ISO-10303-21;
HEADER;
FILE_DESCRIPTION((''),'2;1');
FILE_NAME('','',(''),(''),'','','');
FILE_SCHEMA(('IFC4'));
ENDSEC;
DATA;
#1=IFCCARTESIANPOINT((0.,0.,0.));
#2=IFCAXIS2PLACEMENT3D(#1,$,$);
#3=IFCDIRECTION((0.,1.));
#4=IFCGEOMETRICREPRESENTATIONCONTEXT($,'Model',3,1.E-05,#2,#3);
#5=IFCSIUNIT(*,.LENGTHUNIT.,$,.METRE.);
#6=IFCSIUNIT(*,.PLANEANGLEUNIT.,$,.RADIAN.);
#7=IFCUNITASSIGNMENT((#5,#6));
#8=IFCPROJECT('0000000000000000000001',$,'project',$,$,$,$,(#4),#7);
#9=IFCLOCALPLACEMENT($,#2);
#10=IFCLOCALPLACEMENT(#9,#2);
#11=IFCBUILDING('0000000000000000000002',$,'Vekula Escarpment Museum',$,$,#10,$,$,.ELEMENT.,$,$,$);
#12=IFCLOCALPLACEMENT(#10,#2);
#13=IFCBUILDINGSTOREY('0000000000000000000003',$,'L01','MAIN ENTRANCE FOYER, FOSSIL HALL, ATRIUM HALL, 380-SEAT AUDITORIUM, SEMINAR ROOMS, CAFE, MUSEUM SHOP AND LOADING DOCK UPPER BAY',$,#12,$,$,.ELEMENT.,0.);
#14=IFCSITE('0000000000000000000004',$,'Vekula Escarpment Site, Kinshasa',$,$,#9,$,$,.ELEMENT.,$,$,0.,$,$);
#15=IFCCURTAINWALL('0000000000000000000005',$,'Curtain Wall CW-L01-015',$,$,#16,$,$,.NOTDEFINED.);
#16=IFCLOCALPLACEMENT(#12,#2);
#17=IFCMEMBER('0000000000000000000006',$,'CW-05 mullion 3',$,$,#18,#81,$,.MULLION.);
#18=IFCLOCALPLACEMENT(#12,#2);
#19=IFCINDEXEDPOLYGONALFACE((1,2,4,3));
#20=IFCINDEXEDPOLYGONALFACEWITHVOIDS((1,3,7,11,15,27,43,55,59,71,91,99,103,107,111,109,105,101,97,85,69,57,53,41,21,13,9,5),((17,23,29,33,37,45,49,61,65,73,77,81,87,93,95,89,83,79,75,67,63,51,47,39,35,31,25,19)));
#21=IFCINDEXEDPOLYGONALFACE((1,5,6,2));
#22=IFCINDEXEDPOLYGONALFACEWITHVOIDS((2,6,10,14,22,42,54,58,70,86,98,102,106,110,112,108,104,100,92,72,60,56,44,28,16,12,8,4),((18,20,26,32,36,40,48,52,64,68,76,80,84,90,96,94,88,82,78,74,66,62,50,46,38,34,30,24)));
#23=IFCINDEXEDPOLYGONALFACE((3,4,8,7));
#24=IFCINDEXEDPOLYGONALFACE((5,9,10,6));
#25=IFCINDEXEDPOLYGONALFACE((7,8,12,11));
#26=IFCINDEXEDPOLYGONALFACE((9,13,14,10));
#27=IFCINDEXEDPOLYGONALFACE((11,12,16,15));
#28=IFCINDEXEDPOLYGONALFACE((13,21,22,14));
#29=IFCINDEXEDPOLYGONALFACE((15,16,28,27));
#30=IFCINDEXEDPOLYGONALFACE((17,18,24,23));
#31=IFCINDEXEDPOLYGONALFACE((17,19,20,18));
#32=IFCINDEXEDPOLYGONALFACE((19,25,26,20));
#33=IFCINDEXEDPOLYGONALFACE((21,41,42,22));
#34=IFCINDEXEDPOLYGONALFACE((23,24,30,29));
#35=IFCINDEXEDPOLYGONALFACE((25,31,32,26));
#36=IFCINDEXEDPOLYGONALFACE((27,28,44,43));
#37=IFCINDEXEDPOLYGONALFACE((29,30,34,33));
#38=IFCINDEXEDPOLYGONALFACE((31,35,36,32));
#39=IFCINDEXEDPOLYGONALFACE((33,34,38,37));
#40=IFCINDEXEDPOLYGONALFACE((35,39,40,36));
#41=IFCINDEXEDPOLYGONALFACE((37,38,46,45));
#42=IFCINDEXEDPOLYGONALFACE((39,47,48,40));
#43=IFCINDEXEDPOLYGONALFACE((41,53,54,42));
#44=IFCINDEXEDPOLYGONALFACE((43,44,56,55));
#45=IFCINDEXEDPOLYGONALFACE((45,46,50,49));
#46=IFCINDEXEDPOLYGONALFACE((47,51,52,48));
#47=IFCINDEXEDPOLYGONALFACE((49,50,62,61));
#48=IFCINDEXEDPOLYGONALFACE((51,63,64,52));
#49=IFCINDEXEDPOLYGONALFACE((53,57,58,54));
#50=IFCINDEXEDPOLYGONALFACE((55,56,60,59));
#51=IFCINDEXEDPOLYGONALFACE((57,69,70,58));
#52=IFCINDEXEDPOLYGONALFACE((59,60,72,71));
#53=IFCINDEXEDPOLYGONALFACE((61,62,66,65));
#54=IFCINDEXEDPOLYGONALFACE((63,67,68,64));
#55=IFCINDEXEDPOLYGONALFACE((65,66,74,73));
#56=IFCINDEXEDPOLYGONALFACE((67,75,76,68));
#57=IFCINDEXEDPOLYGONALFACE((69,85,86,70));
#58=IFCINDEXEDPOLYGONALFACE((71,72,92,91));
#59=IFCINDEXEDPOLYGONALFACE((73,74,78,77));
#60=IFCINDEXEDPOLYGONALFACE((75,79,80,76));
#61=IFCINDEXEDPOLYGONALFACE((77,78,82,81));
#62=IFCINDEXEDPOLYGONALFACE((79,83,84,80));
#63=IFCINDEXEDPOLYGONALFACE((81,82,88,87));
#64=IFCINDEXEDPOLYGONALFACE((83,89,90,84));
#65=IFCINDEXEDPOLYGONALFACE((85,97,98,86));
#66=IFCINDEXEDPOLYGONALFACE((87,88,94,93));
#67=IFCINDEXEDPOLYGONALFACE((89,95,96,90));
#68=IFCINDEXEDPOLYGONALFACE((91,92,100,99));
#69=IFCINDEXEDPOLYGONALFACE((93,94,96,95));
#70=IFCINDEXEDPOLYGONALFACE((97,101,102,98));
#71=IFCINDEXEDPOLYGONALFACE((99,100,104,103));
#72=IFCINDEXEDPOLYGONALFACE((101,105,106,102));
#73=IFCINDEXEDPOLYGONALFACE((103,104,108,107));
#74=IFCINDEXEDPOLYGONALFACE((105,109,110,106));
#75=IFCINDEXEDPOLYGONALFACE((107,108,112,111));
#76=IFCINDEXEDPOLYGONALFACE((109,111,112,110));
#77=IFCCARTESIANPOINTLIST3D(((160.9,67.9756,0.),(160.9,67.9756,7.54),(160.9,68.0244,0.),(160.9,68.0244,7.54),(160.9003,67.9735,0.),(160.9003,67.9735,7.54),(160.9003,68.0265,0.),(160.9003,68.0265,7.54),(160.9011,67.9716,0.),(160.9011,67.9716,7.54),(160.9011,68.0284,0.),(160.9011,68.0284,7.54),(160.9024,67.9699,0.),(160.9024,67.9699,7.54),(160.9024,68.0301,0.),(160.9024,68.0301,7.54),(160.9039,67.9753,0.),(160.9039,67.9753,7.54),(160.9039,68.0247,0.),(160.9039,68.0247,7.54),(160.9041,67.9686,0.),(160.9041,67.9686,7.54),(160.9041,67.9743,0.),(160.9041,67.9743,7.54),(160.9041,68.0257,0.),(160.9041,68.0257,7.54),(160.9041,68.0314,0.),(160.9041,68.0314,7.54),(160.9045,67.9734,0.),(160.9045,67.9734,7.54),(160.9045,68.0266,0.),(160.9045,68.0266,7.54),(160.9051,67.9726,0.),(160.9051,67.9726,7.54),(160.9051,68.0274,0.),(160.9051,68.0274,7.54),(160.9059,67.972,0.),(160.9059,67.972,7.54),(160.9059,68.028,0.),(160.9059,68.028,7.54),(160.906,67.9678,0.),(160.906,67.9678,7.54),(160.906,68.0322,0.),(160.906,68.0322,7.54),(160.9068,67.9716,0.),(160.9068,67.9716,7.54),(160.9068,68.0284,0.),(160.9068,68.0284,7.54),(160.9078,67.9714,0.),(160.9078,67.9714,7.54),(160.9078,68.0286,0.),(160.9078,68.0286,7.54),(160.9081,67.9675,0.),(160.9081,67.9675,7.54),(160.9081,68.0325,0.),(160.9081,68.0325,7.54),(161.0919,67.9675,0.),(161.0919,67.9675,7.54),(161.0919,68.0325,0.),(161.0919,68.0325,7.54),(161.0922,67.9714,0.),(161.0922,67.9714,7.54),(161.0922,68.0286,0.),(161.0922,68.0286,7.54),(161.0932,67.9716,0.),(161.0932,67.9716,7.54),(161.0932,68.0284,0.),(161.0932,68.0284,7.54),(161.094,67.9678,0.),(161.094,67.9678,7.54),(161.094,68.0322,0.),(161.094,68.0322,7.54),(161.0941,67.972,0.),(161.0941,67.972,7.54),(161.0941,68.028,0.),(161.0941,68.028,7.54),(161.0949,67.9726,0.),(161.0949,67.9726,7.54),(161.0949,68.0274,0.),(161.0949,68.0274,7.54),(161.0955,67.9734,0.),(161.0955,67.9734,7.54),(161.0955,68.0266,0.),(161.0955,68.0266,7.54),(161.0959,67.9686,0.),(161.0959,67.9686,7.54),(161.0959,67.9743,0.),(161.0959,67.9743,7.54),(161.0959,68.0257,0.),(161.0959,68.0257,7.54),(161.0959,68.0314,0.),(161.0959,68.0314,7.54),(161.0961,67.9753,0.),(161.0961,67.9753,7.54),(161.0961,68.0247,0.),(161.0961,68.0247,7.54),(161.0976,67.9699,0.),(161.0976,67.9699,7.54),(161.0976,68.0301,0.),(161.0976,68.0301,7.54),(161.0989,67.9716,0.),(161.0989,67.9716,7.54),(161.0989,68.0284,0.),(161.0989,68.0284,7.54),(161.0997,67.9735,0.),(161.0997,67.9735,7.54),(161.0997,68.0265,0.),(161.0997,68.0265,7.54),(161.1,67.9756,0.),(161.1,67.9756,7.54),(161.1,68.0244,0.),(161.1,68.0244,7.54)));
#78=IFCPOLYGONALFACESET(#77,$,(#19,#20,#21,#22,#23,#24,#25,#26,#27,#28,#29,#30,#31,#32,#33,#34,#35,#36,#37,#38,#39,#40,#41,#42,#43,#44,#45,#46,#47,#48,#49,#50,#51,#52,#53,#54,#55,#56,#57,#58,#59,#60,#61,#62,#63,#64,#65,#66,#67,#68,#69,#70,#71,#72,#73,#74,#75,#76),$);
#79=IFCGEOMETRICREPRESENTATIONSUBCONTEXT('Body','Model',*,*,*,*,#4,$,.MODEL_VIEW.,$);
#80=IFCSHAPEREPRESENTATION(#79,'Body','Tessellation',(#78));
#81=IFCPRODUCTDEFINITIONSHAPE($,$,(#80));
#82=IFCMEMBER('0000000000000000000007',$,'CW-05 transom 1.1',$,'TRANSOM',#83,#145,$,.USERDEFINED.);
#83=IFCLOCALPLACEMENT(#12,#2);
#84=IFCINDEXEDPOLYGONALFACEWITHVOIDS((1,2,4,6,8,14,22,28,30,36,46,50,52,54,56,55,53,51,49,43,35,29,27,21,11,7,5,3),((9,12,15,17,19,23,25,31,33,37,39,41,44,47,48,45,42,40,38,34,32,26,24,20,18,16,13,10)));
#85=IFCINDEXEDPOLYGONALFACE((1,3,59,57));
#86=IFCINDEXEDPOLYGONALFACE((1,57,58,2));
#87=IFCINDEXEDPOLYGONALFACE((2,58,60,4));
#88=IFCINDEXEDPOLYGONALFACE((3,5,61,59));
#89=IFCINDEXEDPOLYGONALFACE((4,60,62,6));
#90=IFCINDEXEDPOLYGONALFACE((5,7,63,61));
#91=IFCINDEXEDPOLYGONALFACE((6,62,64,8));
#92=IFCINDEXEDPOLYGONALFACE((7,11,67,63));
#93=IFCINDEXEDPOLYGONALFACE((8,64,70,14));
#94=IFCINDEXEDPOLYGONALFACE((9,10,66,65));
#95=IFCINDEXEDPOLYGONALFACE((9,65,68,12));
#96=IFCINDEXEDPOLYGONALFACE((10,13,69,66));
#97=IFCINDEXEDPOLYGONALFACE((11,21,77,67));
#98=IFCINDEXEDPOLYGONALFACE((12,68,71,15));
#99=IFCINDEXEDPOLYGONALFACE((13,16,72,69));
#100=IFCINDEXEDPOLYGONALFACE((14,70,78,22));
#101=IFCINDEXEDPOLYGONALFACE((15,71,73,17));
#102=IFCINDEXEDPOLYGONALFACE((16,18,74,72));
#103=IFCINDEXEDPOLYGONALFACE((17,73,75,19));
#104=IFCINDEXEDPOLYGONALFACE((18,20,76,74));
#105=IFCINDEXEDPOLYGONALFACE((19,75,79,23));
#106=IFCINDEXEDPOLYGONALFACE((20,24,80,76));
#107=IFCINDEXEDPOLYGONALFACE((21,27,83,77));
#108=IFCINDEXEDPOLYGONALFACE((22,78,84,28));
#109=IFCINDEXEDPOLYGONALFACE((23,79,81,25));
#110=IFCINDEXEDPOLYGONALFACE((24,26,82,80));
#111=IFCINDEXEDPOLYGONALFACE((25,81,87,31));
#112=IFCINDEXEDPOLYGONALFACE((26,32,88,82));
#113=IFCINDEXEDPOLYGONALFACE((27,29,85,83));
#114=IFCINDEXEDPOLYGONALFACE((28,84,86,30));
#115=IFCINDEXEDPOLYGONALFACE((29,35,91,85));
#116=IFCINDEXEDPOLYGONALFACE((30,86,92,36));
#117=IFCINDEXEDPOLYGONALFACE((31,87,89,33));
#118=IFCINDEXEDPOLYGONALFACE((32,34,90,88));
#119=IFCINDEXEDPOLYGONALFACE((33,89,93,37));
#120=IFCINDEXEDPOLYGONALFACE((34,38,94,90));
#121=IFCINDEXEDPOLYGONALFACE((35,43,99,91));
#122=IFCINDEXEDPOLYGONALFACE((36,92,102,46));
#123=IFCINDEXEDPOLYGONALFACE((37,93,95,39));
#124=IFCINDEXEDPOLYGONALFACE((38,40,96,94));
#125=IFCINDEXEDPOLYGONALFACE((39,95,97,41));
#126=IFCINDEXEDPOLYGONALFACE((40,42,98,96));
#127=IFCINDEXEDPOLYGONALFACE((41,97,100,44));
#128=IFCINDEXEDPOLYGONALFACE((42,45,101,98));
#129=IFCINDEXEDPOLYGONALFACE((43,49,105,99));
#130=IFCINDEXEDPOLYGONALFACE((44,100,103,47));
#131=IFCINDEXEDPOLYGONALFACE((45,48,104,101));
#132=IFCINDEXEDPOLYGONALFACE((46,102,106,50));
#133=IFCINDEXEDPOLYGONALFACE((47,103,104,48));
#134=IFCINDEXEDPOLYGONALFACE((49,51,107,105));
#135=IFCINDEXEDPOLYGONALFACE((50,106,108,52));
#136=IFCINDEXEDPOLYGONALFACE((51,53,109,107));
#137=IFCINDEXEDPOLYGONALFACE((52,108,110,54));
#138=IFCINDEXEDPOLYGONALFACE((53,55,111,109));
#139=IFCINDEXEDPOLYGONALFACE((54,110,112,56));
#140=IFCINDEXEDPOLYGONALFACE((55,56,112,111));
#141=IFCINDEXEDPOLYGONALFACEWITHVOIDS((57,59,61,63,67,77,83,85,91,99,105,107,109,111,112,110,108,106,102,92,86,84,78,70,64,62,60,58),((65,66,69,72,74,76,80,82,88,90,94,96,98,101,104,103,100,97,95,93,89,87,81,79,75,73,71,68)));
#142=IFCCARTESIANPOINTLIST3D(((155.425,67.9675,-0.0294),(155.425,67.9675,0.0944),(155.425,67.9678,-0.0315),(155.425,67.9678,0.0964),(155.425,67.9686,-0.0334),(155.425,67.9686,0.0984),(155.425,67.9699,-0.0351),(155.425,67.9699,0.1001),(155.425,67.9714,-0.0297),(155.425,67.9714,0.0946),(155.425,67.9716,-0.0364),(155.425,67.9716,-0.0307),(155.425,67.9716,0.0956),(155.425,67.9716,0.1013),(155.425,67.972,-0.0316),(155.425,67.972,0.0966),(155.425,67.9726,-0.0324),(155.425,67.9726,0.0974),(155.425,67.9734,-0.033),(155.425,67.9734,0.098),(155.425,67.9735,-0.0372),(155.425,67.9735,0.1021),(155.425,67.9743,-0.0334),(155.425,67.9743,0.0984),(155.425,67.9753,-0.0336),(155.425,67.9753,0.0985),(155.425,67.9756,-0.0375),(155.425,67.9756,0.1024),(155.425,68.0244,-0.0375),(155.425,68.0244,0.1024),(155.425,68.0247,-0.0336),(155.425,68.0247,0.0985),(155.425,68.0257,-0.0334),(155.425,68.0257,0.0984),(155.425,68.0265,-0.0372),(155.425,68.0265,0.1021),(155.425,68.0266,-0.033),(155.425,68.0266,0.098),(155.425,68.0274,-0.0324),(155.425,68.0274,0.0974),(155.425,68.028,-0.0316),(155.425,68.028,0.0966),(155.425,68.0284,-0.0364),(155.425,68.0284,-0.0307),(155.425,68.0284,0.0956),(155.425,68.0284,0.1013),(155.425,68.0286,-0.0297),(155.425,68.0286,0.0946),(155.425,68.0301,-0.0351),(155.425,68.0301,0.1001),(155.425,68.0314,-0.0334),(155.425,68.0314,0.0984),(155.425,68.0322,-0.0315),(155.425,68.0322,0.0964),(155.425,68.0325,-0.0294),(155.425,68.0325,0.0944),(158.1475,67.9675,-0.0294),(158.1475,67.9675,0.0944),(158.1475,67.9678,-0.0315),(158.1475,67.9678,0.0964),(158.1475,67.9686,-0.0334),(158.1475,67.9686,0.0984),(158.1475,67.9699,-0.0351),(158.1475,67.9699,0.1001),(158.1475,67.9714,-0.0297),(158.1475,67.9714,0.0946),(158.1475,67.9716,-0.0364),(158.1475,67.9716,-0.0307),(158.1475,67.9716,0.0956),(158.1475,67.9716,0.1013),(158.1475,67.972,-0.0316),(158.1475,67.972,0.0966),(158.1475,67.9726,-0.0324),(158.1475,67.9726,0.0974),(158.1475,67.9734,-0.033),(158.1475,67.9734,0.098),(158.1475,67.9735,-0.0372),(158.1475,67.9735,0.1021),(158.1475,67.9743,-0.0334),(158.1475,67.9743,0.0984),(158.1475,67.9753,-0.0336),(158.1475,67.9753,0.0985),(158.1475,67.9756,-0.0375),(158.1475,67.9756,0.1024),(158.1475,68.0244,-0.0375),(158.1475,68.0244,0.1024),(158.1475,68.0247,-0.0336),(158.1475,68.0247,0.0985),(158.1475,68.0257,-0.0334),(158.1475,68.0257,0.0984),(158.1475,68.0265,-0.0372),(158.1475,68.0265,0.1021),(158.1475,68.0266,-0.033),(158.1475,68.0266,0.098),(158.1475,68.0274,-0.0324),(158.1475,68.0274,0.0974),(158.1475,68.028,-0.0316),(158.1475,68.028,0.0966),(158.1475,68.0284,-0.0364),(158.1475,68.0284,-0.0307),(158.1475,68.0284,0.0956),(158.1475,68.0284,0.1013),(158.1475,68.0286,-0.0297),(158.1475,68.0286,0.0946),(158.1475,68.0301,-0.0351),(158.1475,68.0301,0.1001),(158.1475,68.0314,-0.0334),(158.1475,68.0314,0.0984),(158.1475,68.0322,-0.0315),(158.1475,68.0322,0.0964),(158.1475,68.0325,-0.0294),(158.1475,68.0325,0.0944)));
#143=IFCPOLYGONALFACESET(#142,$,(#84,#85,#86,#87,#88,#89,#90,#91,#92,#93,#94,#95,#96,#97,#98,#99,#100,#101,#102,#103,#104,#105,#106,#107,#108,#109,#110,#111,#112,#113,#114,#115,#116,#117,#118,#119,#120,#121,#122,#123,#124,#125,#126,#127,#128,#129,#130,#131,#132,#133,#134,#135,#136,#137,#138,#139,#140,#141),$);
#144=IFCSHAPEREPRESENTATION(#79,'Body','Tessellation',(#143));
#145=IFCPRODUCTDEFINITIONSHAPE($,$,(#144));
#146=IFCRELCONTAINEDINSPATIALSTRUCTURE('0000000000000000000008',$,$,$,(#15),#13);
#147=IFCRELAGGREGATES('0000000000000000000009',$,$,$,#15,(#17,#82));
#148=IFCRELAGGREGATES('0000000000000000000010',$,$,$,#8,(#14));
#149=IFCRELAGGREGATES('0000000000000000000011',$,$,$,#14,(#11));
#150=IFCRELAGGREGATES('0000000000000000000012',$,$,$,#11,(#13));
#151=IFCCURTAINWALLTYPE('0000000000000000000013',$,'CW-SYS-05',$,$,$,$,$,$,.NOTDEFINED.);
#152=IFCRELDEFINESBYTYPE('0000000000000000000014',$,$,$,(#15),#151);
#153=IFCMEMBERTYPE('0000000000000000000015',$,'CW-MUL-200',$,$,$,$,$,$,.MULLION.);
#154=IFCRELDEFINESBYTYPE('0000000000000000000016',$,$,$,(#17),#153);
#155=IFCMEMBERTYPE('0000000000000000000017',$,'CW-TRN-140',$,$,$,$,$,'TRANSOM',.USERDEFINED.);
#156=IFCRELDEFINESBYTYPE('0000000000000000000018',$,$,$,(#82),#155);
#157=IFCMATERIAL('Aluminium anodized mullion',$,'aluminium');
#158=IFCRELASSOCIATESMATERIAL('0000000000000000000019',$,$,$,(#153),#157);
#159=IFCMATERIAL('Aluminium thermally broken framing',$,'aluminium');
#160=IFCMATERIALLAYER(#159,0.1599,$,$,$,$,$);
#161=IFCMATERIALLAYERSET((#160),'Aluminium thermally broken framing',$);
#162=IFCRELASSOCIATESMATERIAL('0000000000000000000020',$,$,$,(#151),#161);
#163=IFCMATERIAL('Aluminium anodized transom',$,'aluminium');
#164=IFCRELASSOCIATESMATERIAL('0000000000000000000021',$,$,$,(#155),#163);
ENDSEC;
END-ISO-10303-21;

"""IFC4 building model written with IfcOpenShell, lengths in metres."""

from ifc_helpers import new_model, si_unit, direction, frame, origin, origin_2d, place, context, subcontext, project, spatial, hollow_rectangle, extrude, material, layer, layer_set, material_profile, profile_set, type_object, element, aggregate, save


model = new_model("IFC4")

# Units and contexts
model_context = context("Model", 3, precision=1e-05, world=origin(), true_north=direction((0.0, 1.0)))
body_context = subcontext(model_context, "Body", "Model", "MODEL_VIEW")
ifc_project = project(units=[si_unit("LENGTHUNIT", "METRE"), si_unit("PLANEANGLEUNIT", "RADIAN")], contexts=[model_context])

# Site, building, storey
site_placement = place(None, origin())
site = spatial("IfcSite", under=ifc_project, at=site_placement, Name="Vekula Escarpment Site, Kinshasa", CompositionType="ELEMENT", RefElevation=0.0)
building_placement = place(site_placement, origin())
building = spatial("IfcBuilding", under=site, at=building_placement, Name="Vekula Escarpment Museum", CompositionType="ELEMENT")
storey_placement = place(building_placement, origin())
storey = spatial("IfcBuildingStorey", under=building, at=storey_placement, Name="L01", Description="MAIN ENTRANCE FOYER, FOSSIL HALL, ATRIUM HALL, 380-SEAT AUDITORIUM, SEMINAR ROOMS, CAFE, MUSEUM SHOP AND LOADING DOCK UPPER BAY", CompositionType="ELEMENT", Elevation=0.0)

# Shared definitions
ifc_material_1 = material(Name="Aluminium anodized mullion", Category="aluminium")
ifc_material_profile_1 = material_profile(ifc_material_1, hollow_rectangle(XDim=0.0649, YDim=0.2, WallThickness=0.0039, InnerFilletRadius=0.0039, OuterFilletRadius=0.0081, at=origin_2d()), Name="ALU 200x65x4")
ifc_profile_set_1 = profile_set([ifc_material_profile_1], Name="Aluminium anodized mullion")
member_type_1 = type_object("IfcMemberType", Name="CW-MUL-200", PredefinedType="MULLION", material=ifc_profile_set_1)

# Curtain wall, members
ifc_material_2 = material(Name="Aluminium thermally broken framing", Category="aluminium")
ifc_layer_1 = layer(ifc_material_2, 0.1599)
ifc_layer_set_1 = layer_set([ifc_layer_1], Name="Aluminium thermally broken framing")
curtain_wall_type_1 = type_object("IfcCurtainWallType", Name="CW-SYS-05", PredefinedType="NOTDEFINED", material=ifc_layer_set_1)
curtain_wall_1_placement = place(storey_placement, origin())
curtain_wall_1 = element("IfcCurtainWall", 1, at=curtain_wall_1_placement, inside=storey, type_object=curtain_wall_type_1, Name="Curtain Wall CW-L01-015", PredefinedType="NOTDEFINED")
member_1_placement = place(storey_placement, frame((161.0, 68.0, 0.0), z_axis=(0.0, 0.0, 1.0), x_axis=(0.0, 1.0, 0.0)))
member_1 = element("IfcMember", 2, at=member_1_placement, type_object=member_type_1, Name="CW-05 mullion 3", PredefinedType="MULLION", context=body_context, shape_type="SweptSolid", body=[
    extrude(hollow_rectangle(XDim=0.0649, YDim=0.2, WallThickness=0.0039, InnerFilletRadius=0.0039, OuterFilletRadius=0.0081, at=origin_2d()), origin(), (0.0, 0.0, 1.0), 7.54),
])
ifc_material_3 = material(Name="Aluminium anodized transom", Category="aluminium")
ifc_material_profile_2 = material_profile(ifc_material_3, hollow_rectangle(XDim=0.0649, YDim=0.1399, WallThickness=0.0039, InnerFilletRadius=0.0039, OuterFilletRadius=0.0081, at=origin_2d()), Name="ALU 140x65x4")
ifc_profile_set_2 = profile_set([ifc_material_profile_2], Name="Aluminium anodized transom")
member_type_2 = type_object("IfcMemberType", Name="CW-TRN-140", ElementType="TRANSOM", PredefinedType="USERDEFINED", material=ifc_profile_set_2)
member_2_placement = place(storey_placement, frame((155.425, 68.0, 0.0325), z_axis=(1.0, 0.0, 0.0), x_axis=(0.0, 1.0, 0.0)))
member_2 = element("IfcMember", 3, at=member_2_placement, type_object=member_type_2, Name="CW-05 transom 1.1", ObjectType="TRANSOM", PredefinedType="USERDEFINED", context=body_context, shape_type="SweptSolid", body=[
    extrude(hollow_rectangle(XDim=0.0649, YDim=0.1399, WallThickness=0.0039, InnerFilletRadius=0.0039, OuterFilletRadius=0.0081, at=origin_2d()), origin(), (0.0, 0.0, 1.0), 2.7224),
])

aggregate(curtain_wall_1, [member_1, member_2])

save(model, "model.ifc")
